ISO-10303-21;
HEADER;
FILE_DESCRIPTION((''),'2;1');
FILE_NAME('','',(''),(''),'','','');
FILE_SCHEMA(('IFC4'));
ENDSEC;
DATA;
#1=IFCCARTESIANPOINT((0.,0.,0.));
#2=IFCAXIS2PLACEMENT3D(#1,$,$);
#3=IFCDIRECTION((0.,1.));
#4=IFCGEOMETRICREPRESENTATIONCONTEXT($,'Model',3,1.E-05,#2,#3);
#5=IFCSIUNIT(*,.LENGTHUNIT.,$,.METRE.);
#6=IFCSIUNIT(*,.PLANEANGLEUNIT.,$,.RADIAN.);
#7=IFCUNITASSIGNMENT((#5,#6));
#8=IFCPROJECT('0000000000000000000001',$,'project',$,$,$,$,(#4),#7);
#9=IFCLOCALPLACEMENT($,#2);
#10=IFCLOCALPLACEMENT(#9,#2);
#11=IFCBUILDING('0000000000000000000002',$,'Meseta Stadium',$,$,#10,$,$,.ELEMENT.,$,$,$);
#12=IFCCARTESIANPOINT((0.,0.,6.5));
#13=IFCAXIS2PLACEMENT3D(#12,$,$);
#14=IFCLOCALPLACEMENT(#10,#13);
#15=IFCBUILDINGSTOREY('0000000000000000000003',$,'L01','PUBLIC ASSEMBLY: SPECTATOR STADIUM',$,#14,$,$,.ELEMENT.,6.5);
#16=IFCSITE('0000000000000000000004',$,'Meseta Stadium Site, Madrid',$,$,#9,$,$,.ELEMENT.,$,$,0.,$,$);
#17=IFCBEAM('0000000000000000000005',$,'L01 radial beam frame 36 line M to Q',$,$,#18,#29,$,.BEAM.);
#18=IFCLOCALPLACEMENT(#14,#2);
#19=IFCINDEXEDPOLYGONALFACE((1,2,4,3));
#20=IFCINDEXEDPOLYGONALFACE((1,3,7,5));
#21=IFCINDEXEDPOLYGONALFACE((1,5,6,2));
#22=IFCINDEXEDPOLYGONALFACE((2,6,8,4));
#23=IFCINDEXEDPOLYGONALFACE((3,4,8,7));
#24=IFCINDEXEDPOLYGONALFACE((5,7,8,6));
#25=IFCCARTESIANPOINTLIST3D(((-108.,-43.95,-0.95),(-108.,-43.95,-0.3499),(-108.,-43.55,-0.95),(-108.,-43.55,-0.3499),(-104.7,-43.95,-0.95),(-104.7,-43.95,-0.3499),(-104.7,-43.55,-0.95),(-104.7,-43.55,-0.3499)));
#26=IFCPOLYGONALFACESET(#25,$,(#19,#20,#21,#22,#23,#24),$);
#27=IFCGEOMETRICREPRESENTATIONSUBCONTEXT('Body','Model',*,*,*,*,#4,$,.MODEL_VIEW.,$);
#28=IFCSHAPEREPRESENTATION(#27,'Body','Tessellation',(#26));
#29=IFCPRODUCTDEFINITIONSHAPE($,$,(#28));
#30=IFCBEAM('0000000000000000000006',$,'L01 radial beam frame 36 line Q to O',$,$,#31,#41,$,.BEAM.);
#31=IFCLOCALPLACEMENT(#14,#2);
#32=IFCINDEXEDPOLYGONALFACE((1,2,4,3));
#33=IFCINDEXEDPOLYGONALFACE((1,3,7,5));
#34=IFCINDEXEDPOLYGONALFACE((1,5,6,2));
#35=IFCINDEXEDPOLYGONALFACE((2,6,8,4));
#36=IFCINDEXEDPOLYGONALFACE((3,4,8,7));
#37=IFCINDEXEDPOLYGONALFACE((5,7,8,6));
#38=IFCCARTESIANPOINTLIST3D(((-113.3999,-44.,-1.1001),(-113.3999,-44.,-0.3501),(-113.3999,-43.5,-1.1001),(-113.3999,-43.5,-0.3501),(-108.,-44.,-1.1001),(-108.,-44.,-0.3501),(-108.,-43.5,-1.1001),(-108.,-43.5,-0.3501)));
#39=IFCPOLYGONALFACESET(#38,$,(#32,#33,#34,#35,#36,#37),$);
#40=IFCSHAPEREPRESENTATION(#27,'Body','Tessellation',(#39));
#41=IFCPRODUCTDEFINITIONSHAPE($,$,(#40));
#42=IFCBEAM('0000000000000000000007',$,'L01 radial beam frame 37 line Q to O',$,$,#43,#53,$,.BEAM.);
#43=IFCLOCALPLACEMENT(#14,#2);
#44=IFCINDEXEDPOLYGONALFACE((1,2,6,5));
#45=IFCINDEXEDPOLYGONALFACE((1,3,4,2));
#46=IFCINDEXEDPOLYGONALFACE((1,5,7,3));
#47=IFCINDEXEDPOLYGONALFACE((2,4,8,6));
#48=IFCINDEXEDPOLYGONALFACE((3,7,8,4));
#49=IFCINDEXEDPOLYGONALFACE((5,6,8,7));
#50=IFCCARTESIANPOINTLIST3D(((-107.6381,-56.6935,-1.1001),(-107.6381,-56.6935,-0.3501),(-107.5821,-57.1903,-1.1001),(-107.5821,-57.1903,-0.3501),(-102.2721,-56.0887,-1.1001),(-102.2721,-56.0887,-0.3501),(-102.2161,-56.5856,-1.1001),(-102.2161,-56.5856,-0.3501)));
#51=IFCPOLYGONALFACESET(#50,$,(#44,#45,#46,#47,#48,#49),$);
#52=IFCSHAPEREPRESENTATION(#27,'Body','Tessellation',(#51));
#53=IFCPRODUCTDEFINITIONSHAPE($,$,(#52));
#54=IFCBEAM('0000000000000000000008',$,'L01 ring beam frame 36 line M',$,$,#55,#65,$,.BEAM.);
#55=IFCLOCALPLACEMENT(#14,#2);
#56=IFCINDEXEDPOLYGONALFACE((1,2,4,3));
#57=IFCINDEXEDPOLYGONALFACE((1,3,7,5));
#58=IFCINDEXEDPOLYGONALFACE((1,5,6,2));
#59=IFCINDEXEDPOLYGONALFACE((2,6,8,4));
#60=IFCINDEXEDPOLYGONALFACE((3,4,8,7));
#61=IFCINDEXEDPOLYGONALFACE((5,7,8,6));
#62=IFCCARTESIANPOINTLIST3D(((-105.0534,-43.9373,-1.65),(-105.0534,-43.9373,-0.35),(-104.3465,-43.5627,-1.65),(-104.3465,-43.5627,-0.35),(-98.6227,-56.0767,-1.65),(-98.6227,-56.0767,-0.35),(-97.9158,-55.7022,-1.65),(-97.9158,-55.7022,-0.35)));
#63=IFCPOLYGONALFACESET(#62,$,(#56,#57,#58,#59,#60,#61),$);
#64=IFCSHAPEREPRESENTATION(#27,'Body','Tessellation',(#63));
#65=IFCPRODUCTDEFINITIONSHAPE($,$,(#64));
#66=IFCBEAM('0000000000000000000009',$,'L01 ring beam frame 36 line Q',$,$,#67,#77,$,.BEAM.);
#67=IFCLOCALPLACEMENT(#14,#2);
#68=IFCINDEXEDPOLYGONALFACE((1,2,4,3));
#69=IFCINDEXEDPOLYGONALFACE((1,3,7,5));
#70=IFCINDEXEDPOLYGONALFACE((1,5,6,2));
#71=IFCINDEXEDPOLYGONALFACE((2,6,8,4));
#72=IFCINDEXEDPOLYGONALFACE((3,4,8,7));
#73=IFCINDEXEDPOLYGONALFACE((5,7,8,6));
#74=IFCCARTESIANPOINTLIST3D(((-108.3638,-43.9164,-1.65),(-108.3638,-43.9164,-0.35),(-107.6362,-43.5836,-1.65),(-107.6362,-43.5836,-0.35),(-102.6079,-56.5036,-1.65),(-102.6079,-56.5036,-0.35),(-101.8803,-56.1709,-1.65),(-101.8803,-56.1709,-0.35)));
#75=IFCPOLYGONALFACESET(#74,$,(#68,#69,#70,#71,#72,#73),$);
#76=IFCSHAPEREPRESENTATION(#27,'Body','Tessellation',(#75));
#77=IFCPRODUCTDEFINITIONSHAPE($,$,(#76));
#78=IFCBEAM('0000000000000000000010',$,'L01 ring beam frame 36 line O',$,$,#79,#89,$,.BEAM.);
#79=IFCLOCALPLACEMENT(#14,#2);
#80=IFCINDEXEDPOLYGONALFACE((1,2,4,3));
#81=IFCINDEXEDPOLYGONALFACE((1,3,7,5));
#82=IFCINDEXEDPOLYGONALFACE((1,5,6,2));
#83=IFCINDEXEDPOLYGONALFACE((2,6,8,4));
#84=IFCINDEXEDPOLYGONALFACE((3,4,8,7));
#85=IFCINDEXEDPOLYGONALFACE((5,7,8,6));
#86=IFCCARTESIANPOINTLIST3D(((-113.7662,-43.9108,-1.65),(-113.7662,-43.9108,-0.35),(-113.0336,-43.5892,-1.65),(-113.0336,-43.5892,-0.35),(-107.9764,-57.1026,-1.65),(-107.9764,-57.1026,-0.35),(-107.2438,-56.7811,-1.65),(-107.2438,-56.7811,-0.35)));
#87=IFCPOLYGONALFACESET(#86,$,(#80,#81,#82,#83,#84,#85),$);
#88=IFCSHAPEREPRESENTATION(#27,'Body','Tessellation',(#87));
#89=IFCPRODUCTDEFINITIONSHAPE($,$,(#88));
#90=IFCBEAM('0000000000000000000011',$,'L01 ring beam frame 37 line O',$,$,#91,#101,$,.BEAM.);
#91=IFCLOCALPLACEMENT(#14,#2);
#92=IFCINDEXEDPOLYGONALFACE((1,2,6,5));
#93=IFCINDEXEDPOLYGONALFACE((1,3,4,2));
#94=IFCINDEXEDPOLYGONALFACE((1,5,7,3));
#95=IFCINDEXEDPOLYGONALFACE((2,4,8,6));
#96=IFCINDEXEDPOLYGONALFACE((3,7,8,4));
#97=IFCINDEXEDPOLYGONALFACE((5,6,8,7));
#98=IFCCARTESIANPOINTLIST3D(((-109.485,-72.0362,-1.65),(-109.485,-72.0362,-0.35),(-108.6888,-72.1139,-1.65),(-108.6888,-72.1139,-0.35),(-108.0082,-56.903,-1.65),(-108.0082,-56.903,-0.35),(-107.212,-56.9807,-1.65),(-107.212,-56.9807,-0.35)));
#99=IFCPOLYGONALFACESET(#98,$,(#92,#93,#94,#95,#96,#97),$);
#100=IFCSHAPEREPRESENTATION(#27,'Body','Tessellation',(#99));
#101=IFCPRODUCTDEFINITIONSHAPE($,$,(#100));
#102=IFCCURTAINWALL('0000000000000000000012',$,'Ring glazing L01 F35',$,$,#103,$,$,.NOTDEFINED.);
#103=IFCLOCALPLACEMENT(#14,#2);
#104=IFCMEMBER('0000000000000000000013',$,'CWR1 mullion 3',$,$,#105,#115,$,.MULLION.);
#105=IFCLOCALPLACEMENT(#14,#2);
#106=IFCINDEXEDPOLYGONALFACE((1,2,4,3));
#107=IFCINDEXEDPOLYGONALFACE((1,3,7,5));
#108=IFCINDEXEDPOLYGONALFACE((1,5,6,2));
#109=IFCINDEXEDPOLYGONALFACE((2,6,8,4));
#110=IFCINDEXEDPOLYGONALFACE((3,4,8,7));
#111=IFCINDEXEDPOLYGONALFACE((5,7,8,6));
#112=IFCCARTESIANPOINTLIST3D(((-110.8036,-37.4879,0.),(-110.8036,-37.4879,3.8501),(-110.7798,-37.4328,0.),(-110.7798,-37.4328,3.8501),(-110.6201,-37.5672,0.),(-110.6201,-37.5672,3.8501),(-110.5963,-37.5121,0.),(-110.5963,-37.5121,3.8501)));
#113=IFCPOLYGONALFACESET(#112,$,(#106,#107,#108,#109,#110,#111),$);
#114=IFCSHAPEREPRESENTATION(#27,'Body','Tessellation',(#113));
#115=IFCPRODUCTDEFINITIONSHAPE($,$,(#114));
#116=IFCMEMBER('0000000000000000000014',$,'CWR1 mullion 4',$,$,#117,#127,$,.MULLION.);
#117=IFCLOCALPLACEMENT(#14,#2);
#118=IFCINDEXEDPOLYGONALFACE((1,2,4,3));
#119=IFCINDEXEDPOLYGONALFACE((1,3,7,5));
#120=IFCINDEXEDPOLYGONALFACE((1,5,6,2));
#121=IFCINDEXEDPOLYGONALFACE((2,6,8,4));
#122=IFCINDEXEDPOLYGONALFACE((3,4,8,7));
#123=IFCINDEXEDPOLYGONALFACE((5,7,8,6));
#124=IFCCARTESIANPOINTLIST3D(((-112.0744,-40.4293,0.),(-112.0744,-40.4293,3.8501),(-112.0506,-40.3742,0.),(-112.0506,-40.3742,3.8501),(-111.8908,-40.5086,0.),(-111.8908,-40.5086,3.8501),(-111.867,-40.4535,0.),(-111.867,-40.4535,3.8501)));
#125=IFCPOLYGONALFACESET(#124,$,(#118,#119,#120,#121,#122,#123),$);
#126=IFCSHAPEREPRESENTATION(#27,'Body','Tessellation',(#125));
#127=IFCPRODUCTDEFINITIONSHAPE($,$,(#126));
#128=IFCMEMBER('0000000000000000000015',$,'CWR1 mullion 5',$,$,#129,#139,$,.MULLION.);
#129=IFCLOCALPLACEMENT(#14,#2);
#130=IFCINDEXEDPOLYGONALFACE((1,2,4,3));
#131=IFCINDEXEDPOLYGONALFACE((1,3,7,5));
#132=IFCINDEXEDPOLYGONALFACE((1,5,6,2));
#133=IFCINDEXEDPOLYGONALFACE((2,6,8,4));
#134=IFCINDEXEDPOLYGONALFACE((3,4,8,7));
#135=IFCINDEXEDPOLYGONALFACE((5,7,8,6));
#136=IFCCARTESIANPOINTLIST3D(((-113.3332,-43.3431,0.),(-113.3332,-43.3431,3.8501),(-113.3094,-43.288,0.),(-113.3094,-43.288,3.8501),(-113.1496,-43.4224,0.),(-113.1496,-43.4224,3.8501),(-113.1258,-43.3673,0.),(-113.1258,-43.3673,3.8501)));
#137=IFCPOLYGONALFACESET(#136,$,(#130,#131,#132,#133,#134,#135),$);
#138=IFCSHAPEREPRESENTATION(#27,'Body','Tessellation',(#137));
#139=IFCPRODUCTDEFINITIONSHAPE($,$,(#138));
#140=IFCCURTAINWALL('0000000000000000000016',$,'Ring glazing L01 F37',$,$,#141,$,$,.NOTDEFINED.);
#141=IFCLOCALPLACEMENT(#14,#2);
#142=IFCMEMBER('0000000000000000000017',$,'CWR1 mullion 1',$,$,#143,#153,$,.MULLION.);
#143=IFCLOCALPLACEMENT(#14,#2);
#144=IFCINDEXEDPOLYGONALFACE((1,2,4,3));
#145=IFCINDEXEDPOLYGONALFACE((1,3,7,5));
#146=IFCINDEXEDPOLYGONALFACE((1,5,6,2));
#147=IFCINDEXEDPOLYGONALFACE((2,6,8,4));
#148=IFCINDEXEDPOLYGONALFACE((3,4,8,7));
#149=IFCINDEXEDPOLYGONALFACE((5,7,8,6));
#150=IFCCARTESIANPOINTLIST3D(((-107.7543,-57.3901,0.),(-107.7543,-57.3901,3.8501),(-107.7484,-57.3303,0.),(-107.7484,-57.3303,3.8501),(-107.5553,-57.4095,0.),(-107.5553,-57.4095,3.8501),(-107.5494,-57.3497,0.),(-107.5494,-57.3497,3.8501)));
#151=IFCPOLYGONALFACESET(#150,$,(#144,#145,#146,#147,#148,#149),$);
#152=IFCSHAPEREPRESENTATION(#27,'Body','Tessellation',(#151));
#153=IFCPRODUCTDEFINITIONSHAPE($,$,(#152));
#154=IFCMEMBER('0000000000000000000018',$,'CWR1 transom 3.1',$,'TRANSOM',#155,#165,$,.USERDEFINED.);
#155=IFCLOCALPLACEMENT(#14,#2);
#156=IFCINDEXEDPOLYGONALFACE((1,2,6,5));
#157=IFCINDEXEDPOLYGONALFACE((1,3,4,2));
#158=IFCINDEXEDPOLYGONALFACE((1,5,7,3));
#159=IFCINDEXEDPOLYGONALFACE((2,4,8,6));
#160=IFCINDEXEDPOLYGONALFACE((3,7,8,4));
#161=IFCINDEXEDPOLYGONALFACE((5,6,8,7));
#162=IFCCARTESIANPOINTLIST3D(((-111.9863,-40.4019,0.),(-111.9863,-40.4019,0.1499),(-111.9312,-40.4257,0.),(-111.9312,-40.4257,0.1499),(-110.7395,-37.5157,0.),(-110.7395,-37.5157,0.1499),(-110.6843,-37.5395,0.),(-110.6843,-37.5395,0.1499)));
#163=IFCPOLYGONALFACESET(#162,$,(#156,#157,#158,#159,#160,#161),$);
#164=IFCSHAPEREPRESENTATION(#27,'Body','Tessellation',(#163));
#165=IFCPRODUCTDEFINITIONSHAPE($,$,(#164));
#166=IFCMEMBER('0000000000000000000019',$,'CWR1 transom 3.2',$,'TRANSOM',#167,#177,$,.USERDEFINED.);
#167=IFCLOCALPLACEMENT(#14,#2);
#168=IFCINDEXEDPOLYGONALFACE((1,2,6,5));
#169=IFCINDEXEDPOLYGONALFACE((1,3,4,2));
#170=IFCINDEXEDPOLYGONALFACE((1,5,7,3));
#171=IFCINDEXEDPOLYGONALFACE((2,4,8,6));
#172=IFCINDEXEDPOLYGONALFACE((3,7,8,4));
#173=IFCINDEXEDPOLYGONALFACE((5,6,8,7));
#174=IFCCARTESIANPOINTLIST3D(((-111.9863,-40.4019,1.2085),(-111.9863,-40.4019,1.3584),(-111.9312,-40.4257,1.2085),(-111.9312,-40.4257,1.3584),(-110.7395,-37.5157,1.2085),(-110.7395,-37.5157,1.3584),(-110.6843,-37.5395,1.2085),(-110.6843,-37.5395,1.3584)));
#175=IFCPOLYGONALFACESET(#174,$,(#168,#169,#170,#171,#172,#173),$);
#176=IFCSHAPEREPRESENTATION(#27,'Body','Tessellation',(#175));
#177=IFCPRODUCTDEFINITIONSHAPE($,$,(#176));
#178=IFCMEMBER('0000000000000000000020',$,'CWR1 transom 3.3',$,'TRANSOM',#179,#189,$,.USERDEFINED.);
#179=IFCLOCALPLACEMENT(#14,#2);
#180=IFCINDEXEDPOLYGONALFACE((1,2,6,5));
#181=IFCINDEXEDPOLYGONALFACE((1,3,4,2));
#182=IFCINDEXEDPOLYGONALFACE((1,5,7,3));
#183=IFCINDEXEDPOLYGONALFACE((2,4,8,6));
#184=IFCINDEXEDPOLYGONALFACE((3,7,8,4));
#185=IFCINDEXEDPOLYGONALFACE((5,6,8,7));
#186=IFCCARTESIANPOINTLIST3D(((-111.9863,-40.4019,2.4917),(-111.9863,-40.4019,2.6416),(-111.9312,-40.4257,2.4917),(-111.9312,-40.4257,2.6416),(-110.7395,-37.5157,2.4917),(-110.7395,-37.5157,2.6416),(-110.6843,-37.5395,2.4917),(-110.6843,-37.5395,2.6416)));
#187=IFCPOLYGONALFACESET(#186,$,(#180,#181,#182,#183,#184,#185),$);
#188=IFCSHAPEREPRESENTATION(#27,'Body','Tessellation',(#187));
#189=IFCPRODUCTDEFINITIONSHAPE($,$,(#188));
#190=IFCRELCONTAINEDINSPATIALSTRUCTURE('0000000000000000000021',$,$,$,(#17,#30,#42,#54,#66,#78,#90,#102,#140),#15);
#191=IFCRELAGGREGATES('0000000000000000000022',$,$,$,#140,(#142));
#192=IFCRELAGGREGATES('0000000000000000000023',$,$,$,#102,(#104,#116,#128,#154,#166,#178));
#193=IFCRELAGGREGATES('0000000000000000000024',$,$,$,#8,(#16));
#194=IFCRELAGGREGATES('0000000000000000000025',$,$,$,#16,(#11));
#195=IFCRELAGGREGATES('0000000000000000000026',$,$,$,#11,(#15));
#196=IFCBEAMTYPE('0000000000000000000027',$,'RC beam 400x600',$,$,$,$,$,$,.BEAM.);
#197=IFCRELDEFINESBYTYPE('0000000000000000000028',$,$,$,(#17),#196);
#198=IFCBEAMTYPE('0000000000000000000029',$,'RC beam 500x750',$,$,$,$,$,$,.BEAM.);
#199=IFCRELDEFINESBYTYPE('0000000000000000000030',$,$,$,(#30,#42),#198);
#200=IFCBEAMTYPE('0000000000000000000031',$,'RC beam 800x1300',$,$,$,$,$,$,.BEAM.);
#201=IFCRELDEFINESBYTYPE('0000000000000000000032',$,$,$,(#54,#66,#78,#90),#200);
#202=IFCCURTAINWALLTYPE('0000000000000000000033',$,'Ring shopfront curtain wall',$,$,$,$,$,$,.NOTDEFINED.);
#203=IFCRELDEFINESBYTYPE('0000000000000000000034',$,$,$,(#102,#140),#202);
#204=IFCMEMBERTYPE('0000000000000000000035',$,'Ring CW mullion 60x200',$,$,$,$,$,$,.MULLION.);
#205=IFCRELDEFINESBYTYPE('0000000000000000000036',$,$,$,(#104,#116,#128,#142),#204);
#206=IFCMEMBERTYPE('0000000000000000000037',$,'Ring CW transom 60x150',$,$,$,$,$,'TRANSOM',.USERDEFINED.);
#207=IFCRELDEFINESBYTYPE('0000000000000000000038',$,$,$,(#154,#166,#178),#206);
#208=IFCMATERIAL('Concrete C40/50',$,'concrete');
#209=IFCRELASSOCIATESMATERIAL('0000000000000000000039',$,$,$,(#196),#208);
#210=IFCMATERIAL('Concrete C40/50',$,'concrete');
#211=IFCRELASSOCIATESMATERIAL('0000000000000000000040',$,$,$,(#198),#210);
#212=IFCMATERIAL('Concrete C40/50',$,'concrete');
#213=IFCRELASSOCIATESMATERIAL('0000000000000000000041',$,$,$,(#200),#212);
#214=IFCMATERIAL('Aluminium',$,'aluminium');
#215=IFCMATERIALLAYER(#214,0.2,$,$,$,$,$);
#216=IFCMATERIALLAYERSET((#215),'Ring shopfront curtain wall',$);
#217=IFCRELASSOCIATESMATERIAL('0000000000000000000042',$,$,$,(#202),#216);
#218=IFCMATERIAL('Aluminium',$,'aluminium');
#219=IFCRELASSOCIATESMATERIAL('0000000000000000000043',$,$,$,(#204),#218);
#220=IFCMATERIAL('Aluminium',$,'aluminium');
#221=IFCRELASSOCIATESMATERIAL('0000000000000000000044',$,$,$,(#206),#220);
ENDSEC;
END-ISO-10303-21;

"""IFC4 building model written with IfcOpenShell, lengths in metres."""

from ifc_helpers import new_model, si_unit, direction, frame, origin, origin_2d, place, context, subcontext, project, spatial, rectangle, extrude, material, layer, layer_set, material_profile, profile_set, type_object, element, aggregate, save


model = new_model("IFC4")

# Units and contexts
model_context = context("Model", 3, precision=1e-05, world=origin(), true_north=direction((0.0, 1.0)))
body_context = subcontext(model_context, "Body", "Model", "MODEL_VIEW")
ifc_project = project(units=[si_unit("LENGTHUNIT", "METRE"), si_unit("PLANEANGLEUNIT", "RADIAN")], contexts=[model_context])

# Site, building, storey
site_placement = place(None, origin())
site = spatial("IfcSite", under=ifc_project, at=site_placement, Name="Meseta Stadium Site, Madrid", CompositionType="ELEMENT", RefElevation=0.0)
building_placement = place(site_placement, origin())
building = spatial("IfcBuilding", under=site, at=building_placement, Name="Meseta Stadium", CompositionType="ELEMENT")
storey_placement = place(building_placement, frame((0.0, 0.0, 6.5)))
storey = spatial("IfcBuildingStorey", under=building, at=storey_placement, Name="L01", Description="PUBLIC ASSEMBLY: SPECTATOR STADIUM", CompositionType="ELEMENT", Elevation=6.5)

# Beams
ifc_material_1 = material(Name="Concrete C40/50", Category="concrete")
ifc_material_profile_1 = material_profile(ifc_material_1, rectangle(XDim=0.3999, YDim=0.6001, at=origin_2d()), Name="RC 400x600")
ifc_profile_set_1 = profile_set([ifc_material_profile_1], Name="Concrete C40/50")
beam_type_1 = type_object("IfcBeamType", Name="RC beam 400x600", PredefinedType="BEAM", material=ifc_profile_set_1)
beam_1_placement = place(storey_placement, frame((-104.7, -43.75, -0.6499), z_axis=(-1.0, 0.0, 0.0), x_axis=(0.0, -1.0, 0.0)))
element("IfcBeam", 1, at=beam_1_placement, inside=storey, type_object=beam_type_1, Name="L01 radial beam frame 36 line M to Q", PredefinedType="BEAM", context=body_context, shape_type="SweptSolid", body=[
    extrude(rectangle(XDim=0.3999, YDim=0.6001, at=origin_2d()), origin(), (0.0, 0.0, 1.0), 3.3),
])
ifc_material_2 = material(Name="Concrete C40/50", Category="concrete")
ifc_material_profile_2 = material_profile(ifc_material_2, rectangle(XDim=0.5, YDim=0.75, at=origin_2d()), Name="RC 500x750")
ifc_profile_set_2 = profile_set([ifc_material_profile_2], Name="Concrete C40/50")
beam_type_2 = type_object("IfcBeamType", Name="RC beam 500x750", PredefinedType="BEAM", material=ifc_profile_set_2)
for number, where, z_axis, x_axis, name in (
    (2, (-108.0, -43.75, -0.7251), (-1.0, 0.0, 0.0), (0.0, -1.0, 0.0), "L01 radial beam frame 36 line Q to O"),
    (3, (-102.2441, -56.3372, -0.7251), (-0.993709, -0.11199, 0.0), (0.11199, -0.993709, 0.0), "L01 radial beam frame 37 line Q to O"),
):
    element("IfcBeam", number, at=place(storey_placement, frame(where, z_axis=z_axis, x_axis=x_axis)), inside=storey, type_object=beam_type_2, Name=name, PredefinedType="BEAM", context=body_context, shape_type="SweptSolid", body=[
        extrude(rectangle(XDim=0.5, YDim=0.75, at=origin_2d()), origin(), (0.0, 0.0, 1.0), 5.3999),
    ])
ifc_material_3 = material(Name="Concrete C40/50", Category="concrete")
ifc_material_profile_3 = material_profile(ifc_material_3, rectangle(XDim=0.8, YDim=1.3, at=origin_2d()), Name="RC 800x1300")
ifc_profile_set_3 = profile_set([ifc_material_profile_3], Name="Concrete C40/50")
beam_type_3 = type_object("IfcBeamType", Name="RC beam 800x1300", PredefinedType="BEAM", material=ifc_profile_set_3)
beam_2_placement = place(storey_placement, frame((-104.7, -43.75, -1.0), z_axis=(0.468111, -0.88367, 0.0), x_axis=(0.88367, 0.468111, 0.0)))
element("IfcBeam", 4, at=beam_2_placement, inside=storey, type_object=beam_type_3, Name="L01 ring beam frame 36 line M", PredefinedType="BEAM", context=body_context, shape_type="SweptSolid", body=[
    extrude(rectangle(XDim=0.8, YDim=1.3, at=origin_2d()), origin(), (0.0, 0.0, 1.0), 13.7375),
])
beam_3_placement = place(storey_placement, frame((-108.0, -43.75, -1.0), z_axis=(0.415863, -0.909427, 0.0), x_axis=(0.909427, 0.415863, 0.0)))
element("IfcBeam", 5, at=beam_3_placement, inside=storey, type_object=beam_type_3, Name="L01 ring beam frame 36 line Q", PredefinedType="BEAM", context=body_context, shape_type="SweptSolid", body=[
    extrude(rectangle(XDim=0.8, YDim=1.3, at=origin_2d()), origin(), (0.0, 0.0, 1.0), 13.8408),
])
beam_4_placement = place(storey_placement, frame((-113.3999, -43.75, -1.0), z_axis=(0.401887, -0.915689, 0.0), x_axis=(0.915689, 0.401887, 0.0)))
element("IfcBeam", 6, at=beam_4_placement, inside=storey, type_object=beam_type_3, Name="L01 ring beam frame 36 line O", PredefinedType="BEAM", context=body_context, shape_type="SweptSolid", body=[
    extrude(rectangle(XDim=0.8, YDim=1.3, at=origin_2d()), origin(), (0.0, 0.0, 1.0), 14.4065),
])
beam_5_placement = place(storey_placement, frame((-107.6101, -56.9419, -1.0), z_axis=(-0.097125, -0.995272, 0.0), x_axis=(0.995272, -0.097125, 0.0)))
element("IfcBeam", 7, at=beam_5_placement, inside=storey, type_object=beam_type_3, Name="L01 ring beam frame 37 line O", PredefinedType="BEAM", context=body_context, shape_type="SweptSolid", body=[
    extrude(rectangle(XDim=0.8, YDim=1.3, at=origin_2d()), origin(), (0.0, 0.0, 1.0), 15.2051),
])

# Curtain wall, members
ifc_material_4 = material(Name="Aluminium", Category="aluminium")
ifc_layer_1 = layer(ifc_material_4, 0.2)
ifc_layer_set_1 = layer_set([ifc_layer_1], Name="Ring shopfront curtain wall")
curtain_wall_type = type_object("IfcCurtainWallType", Name="Ring shopfront curtain wall", PredefinedType="NOTDEFINED", material=ifc_layer_set_1)
curtain_wall_1_placement = place(storey_placement, origin())
curtain_wall_1 = element("IfcCurtainWall", 8, at=curtain_wall_1_placement, inside=storey, type_object=curtain_wall_type, Name="Ring glazing L01 F35", PredefinedType="NOTDEFINED")
ifc_material_5 = material(Name="Aluminium", Category="aluminium")
ifc_material_profile_4 = material_profile(ifc_material_5, rectangle(XDim=0.2, YDim=0.0601, at=origin_2d()), Name="CW 200x60")
ifc_profile_set_4 = profile_set([ifc_material_profile_4], Name="Aluminium")
member_type_1 = type_object("IfcMemberType", Name="Ring CW mullion 60x200", PredefinedType="MULLION", material=ifc_profile_set_4)
member_1_placement = place(storey_placement, frame((-110.7, -37.5, 0.0), z_axis=(0.0, 0.0, 1.0), x_axis=(0.918, -0.396581, 0.0)))
member_1 = element("IfcMember", 9, at=member_1_placement, type_object=member_type_1, Name="CWR1 mullion 3", PredefinedType="MULLION", context=body_context, shape_type="SweptSolid", body=[
    extrude(rectangle(XDim=0.2, YDim=0.0601, at=origin_2d()), origin(), (0.0, 0.0, 1.0), 3.8501),
])
member_2_placement = place(storey_placement, frame((-111.9707, -40.4414, 0.0), z_axis=(0.0, 0.0, 1.0), x_axis=(0.918, -0.396581, 0.0)))
member_2 = element("IfcMember", 10, at=member_2_placement, type_object=member_type_1, Name="CWR1 mullion 4", PredefinedType="MULLION", context=body_context, shape_type="SweptSolid", body=[
    extrude(rectangle(XDim=0.2, YDim=0.0601, at=origin_2d()), origin(), (0.0, 0.0, 1.0), 3.8501),
])
member_3_placement = place(storey_placement, frame((-113.2295, -43.3552, 0.0), z_axis=(0.0, 0.0, 1.0), x_axis=(0.918, -0.396581, 0.0)))
member_3 = element("IfcMember", 11, at=member_3_placement, type_object=member_type_1, Name="CWR1 mullion 5", PredefinedType="MULLION", context=body_context, shape_type="SweptSolid", body=[
    extrude(rectangle(XDim=0.2, YDim=0.0601, at=origin_2d()), origin(), (0.0, 0.0, 1.0), 3.8501),
])

# Curtain wall, member
curtain_wall_2_placement = place(storey_placement, origin())
curtain_wall_2 = element("IfcCurtainWall", 12, at=curtain_wall_2_placement, inside=storey, type_object=curtain_wall_type, Name="Ring glazing L01 F37", PredefinedType="NOTDEFINED")
member_4_placement = place(storey_placement, frame((-107.6519, -57.3699, 0.0), z_axis=(0.0, 0.0, 1.0), x_axis=(0.995272, -0.097125, 0.0)))
member_4 = element("IfcMember", 13, at=member_4_placement, type_object=member_type_1, Name="CWR1 mullion 1", PredefinedType="MULLION", context=body_context, shape_type="SweptSolid", body=[
    extrude(rectangle(XDim=0.2, YDim=0.0601, at=origin_2d()), origin(), (0.0, 0.0, 1.0), 3.8501),
])
aggregate(curtain_wall_2, [member_4])

# Members
ifc_material_6 = material(Name="Aluminium", Category="aluminium")
ifc_material_profile_5 = material_profile(ifc_material_6, rectangle(XDim=0.0601, YDim=0.1499, at=origin_2d()), Name="CW 60x150")
ifc_profile_set_5 = profile_set([ifc_material_profile_5], Name="Aluminium")
member_type_2 = type_object("IfcMemberType", Name="Ring CW transom 60x150", ElementType="TRANSOM", PredefinedType="USERDEFINED", material=ifc_profile_set_5)
member_5_placement = place(storey_placement, frame((-110.7119, -37.5276, 0.075), z_axis=(-0.39657, -0.918005, 0.0), x_axis=(0.918005, -0.39657, 0.0)))
member_5 = element("IfcMember", 14, at=member_5_placement, type_object=member_type_2, Name="CWR1 transom 3.1", ObjectType="TRANSOM", PredefinedType="USERDEFINED", context=body_context, shape_type="SweptSolid", body=[
    extrude(rectangle(XDim=0.0601, YDim=0.1499, at=origin_2d()), origin(), (0.0, 0.0, 1.0), 3.144),
])
member_6_placement = place(storey_placement, frame((-110.7119, -37.5276, 1.2834), z_axis=(-0.39657, -0.918005, 0.0), x_axis=(0.918005, -0.39657, 0.0)))
member_6 = element("IfcMember", 15, at=member_6_placement, type_object=member_type_2, Name="CWR1 transom 3.2", ObjectType="TRANSOM", PredefinedType="USERDEFINED", context=body_context, shape_type="SweptSolid", body=[
    extrude(rectangle(XDim=0.0601, YDim=0.1499, at=origin_2d()), origin(), (0.0, 0.0, 1.0), 3.144),
])
member_7_placement = place(storey_placement, frame((-110.7119, -37.5276, 2.5667), z_axis=(-0.39657, -0.918005, 0.0), x_axis=(0.918005, -0.39657, 0.0)))
member_7 = element("IfcMember", 16, at=member_7_placement, type_object=member_type_2, Name="CWR1 transom 3.3", ObjectType="TRANSOM", PredefinedType="USERDEFINED", context=body_context, shape_type="SweptSolid", body=[
    extrude(rectangle(XDim=0.0601, YDim=0.1499, at=origin_2d()), origin(), (0.0, 0.0, 1.0), 3.144),
])

aggregate(curtain_wall_1, [member_1, member_2, member_3, member_5, member_6, member_7])

save(model, "model.ifc")
